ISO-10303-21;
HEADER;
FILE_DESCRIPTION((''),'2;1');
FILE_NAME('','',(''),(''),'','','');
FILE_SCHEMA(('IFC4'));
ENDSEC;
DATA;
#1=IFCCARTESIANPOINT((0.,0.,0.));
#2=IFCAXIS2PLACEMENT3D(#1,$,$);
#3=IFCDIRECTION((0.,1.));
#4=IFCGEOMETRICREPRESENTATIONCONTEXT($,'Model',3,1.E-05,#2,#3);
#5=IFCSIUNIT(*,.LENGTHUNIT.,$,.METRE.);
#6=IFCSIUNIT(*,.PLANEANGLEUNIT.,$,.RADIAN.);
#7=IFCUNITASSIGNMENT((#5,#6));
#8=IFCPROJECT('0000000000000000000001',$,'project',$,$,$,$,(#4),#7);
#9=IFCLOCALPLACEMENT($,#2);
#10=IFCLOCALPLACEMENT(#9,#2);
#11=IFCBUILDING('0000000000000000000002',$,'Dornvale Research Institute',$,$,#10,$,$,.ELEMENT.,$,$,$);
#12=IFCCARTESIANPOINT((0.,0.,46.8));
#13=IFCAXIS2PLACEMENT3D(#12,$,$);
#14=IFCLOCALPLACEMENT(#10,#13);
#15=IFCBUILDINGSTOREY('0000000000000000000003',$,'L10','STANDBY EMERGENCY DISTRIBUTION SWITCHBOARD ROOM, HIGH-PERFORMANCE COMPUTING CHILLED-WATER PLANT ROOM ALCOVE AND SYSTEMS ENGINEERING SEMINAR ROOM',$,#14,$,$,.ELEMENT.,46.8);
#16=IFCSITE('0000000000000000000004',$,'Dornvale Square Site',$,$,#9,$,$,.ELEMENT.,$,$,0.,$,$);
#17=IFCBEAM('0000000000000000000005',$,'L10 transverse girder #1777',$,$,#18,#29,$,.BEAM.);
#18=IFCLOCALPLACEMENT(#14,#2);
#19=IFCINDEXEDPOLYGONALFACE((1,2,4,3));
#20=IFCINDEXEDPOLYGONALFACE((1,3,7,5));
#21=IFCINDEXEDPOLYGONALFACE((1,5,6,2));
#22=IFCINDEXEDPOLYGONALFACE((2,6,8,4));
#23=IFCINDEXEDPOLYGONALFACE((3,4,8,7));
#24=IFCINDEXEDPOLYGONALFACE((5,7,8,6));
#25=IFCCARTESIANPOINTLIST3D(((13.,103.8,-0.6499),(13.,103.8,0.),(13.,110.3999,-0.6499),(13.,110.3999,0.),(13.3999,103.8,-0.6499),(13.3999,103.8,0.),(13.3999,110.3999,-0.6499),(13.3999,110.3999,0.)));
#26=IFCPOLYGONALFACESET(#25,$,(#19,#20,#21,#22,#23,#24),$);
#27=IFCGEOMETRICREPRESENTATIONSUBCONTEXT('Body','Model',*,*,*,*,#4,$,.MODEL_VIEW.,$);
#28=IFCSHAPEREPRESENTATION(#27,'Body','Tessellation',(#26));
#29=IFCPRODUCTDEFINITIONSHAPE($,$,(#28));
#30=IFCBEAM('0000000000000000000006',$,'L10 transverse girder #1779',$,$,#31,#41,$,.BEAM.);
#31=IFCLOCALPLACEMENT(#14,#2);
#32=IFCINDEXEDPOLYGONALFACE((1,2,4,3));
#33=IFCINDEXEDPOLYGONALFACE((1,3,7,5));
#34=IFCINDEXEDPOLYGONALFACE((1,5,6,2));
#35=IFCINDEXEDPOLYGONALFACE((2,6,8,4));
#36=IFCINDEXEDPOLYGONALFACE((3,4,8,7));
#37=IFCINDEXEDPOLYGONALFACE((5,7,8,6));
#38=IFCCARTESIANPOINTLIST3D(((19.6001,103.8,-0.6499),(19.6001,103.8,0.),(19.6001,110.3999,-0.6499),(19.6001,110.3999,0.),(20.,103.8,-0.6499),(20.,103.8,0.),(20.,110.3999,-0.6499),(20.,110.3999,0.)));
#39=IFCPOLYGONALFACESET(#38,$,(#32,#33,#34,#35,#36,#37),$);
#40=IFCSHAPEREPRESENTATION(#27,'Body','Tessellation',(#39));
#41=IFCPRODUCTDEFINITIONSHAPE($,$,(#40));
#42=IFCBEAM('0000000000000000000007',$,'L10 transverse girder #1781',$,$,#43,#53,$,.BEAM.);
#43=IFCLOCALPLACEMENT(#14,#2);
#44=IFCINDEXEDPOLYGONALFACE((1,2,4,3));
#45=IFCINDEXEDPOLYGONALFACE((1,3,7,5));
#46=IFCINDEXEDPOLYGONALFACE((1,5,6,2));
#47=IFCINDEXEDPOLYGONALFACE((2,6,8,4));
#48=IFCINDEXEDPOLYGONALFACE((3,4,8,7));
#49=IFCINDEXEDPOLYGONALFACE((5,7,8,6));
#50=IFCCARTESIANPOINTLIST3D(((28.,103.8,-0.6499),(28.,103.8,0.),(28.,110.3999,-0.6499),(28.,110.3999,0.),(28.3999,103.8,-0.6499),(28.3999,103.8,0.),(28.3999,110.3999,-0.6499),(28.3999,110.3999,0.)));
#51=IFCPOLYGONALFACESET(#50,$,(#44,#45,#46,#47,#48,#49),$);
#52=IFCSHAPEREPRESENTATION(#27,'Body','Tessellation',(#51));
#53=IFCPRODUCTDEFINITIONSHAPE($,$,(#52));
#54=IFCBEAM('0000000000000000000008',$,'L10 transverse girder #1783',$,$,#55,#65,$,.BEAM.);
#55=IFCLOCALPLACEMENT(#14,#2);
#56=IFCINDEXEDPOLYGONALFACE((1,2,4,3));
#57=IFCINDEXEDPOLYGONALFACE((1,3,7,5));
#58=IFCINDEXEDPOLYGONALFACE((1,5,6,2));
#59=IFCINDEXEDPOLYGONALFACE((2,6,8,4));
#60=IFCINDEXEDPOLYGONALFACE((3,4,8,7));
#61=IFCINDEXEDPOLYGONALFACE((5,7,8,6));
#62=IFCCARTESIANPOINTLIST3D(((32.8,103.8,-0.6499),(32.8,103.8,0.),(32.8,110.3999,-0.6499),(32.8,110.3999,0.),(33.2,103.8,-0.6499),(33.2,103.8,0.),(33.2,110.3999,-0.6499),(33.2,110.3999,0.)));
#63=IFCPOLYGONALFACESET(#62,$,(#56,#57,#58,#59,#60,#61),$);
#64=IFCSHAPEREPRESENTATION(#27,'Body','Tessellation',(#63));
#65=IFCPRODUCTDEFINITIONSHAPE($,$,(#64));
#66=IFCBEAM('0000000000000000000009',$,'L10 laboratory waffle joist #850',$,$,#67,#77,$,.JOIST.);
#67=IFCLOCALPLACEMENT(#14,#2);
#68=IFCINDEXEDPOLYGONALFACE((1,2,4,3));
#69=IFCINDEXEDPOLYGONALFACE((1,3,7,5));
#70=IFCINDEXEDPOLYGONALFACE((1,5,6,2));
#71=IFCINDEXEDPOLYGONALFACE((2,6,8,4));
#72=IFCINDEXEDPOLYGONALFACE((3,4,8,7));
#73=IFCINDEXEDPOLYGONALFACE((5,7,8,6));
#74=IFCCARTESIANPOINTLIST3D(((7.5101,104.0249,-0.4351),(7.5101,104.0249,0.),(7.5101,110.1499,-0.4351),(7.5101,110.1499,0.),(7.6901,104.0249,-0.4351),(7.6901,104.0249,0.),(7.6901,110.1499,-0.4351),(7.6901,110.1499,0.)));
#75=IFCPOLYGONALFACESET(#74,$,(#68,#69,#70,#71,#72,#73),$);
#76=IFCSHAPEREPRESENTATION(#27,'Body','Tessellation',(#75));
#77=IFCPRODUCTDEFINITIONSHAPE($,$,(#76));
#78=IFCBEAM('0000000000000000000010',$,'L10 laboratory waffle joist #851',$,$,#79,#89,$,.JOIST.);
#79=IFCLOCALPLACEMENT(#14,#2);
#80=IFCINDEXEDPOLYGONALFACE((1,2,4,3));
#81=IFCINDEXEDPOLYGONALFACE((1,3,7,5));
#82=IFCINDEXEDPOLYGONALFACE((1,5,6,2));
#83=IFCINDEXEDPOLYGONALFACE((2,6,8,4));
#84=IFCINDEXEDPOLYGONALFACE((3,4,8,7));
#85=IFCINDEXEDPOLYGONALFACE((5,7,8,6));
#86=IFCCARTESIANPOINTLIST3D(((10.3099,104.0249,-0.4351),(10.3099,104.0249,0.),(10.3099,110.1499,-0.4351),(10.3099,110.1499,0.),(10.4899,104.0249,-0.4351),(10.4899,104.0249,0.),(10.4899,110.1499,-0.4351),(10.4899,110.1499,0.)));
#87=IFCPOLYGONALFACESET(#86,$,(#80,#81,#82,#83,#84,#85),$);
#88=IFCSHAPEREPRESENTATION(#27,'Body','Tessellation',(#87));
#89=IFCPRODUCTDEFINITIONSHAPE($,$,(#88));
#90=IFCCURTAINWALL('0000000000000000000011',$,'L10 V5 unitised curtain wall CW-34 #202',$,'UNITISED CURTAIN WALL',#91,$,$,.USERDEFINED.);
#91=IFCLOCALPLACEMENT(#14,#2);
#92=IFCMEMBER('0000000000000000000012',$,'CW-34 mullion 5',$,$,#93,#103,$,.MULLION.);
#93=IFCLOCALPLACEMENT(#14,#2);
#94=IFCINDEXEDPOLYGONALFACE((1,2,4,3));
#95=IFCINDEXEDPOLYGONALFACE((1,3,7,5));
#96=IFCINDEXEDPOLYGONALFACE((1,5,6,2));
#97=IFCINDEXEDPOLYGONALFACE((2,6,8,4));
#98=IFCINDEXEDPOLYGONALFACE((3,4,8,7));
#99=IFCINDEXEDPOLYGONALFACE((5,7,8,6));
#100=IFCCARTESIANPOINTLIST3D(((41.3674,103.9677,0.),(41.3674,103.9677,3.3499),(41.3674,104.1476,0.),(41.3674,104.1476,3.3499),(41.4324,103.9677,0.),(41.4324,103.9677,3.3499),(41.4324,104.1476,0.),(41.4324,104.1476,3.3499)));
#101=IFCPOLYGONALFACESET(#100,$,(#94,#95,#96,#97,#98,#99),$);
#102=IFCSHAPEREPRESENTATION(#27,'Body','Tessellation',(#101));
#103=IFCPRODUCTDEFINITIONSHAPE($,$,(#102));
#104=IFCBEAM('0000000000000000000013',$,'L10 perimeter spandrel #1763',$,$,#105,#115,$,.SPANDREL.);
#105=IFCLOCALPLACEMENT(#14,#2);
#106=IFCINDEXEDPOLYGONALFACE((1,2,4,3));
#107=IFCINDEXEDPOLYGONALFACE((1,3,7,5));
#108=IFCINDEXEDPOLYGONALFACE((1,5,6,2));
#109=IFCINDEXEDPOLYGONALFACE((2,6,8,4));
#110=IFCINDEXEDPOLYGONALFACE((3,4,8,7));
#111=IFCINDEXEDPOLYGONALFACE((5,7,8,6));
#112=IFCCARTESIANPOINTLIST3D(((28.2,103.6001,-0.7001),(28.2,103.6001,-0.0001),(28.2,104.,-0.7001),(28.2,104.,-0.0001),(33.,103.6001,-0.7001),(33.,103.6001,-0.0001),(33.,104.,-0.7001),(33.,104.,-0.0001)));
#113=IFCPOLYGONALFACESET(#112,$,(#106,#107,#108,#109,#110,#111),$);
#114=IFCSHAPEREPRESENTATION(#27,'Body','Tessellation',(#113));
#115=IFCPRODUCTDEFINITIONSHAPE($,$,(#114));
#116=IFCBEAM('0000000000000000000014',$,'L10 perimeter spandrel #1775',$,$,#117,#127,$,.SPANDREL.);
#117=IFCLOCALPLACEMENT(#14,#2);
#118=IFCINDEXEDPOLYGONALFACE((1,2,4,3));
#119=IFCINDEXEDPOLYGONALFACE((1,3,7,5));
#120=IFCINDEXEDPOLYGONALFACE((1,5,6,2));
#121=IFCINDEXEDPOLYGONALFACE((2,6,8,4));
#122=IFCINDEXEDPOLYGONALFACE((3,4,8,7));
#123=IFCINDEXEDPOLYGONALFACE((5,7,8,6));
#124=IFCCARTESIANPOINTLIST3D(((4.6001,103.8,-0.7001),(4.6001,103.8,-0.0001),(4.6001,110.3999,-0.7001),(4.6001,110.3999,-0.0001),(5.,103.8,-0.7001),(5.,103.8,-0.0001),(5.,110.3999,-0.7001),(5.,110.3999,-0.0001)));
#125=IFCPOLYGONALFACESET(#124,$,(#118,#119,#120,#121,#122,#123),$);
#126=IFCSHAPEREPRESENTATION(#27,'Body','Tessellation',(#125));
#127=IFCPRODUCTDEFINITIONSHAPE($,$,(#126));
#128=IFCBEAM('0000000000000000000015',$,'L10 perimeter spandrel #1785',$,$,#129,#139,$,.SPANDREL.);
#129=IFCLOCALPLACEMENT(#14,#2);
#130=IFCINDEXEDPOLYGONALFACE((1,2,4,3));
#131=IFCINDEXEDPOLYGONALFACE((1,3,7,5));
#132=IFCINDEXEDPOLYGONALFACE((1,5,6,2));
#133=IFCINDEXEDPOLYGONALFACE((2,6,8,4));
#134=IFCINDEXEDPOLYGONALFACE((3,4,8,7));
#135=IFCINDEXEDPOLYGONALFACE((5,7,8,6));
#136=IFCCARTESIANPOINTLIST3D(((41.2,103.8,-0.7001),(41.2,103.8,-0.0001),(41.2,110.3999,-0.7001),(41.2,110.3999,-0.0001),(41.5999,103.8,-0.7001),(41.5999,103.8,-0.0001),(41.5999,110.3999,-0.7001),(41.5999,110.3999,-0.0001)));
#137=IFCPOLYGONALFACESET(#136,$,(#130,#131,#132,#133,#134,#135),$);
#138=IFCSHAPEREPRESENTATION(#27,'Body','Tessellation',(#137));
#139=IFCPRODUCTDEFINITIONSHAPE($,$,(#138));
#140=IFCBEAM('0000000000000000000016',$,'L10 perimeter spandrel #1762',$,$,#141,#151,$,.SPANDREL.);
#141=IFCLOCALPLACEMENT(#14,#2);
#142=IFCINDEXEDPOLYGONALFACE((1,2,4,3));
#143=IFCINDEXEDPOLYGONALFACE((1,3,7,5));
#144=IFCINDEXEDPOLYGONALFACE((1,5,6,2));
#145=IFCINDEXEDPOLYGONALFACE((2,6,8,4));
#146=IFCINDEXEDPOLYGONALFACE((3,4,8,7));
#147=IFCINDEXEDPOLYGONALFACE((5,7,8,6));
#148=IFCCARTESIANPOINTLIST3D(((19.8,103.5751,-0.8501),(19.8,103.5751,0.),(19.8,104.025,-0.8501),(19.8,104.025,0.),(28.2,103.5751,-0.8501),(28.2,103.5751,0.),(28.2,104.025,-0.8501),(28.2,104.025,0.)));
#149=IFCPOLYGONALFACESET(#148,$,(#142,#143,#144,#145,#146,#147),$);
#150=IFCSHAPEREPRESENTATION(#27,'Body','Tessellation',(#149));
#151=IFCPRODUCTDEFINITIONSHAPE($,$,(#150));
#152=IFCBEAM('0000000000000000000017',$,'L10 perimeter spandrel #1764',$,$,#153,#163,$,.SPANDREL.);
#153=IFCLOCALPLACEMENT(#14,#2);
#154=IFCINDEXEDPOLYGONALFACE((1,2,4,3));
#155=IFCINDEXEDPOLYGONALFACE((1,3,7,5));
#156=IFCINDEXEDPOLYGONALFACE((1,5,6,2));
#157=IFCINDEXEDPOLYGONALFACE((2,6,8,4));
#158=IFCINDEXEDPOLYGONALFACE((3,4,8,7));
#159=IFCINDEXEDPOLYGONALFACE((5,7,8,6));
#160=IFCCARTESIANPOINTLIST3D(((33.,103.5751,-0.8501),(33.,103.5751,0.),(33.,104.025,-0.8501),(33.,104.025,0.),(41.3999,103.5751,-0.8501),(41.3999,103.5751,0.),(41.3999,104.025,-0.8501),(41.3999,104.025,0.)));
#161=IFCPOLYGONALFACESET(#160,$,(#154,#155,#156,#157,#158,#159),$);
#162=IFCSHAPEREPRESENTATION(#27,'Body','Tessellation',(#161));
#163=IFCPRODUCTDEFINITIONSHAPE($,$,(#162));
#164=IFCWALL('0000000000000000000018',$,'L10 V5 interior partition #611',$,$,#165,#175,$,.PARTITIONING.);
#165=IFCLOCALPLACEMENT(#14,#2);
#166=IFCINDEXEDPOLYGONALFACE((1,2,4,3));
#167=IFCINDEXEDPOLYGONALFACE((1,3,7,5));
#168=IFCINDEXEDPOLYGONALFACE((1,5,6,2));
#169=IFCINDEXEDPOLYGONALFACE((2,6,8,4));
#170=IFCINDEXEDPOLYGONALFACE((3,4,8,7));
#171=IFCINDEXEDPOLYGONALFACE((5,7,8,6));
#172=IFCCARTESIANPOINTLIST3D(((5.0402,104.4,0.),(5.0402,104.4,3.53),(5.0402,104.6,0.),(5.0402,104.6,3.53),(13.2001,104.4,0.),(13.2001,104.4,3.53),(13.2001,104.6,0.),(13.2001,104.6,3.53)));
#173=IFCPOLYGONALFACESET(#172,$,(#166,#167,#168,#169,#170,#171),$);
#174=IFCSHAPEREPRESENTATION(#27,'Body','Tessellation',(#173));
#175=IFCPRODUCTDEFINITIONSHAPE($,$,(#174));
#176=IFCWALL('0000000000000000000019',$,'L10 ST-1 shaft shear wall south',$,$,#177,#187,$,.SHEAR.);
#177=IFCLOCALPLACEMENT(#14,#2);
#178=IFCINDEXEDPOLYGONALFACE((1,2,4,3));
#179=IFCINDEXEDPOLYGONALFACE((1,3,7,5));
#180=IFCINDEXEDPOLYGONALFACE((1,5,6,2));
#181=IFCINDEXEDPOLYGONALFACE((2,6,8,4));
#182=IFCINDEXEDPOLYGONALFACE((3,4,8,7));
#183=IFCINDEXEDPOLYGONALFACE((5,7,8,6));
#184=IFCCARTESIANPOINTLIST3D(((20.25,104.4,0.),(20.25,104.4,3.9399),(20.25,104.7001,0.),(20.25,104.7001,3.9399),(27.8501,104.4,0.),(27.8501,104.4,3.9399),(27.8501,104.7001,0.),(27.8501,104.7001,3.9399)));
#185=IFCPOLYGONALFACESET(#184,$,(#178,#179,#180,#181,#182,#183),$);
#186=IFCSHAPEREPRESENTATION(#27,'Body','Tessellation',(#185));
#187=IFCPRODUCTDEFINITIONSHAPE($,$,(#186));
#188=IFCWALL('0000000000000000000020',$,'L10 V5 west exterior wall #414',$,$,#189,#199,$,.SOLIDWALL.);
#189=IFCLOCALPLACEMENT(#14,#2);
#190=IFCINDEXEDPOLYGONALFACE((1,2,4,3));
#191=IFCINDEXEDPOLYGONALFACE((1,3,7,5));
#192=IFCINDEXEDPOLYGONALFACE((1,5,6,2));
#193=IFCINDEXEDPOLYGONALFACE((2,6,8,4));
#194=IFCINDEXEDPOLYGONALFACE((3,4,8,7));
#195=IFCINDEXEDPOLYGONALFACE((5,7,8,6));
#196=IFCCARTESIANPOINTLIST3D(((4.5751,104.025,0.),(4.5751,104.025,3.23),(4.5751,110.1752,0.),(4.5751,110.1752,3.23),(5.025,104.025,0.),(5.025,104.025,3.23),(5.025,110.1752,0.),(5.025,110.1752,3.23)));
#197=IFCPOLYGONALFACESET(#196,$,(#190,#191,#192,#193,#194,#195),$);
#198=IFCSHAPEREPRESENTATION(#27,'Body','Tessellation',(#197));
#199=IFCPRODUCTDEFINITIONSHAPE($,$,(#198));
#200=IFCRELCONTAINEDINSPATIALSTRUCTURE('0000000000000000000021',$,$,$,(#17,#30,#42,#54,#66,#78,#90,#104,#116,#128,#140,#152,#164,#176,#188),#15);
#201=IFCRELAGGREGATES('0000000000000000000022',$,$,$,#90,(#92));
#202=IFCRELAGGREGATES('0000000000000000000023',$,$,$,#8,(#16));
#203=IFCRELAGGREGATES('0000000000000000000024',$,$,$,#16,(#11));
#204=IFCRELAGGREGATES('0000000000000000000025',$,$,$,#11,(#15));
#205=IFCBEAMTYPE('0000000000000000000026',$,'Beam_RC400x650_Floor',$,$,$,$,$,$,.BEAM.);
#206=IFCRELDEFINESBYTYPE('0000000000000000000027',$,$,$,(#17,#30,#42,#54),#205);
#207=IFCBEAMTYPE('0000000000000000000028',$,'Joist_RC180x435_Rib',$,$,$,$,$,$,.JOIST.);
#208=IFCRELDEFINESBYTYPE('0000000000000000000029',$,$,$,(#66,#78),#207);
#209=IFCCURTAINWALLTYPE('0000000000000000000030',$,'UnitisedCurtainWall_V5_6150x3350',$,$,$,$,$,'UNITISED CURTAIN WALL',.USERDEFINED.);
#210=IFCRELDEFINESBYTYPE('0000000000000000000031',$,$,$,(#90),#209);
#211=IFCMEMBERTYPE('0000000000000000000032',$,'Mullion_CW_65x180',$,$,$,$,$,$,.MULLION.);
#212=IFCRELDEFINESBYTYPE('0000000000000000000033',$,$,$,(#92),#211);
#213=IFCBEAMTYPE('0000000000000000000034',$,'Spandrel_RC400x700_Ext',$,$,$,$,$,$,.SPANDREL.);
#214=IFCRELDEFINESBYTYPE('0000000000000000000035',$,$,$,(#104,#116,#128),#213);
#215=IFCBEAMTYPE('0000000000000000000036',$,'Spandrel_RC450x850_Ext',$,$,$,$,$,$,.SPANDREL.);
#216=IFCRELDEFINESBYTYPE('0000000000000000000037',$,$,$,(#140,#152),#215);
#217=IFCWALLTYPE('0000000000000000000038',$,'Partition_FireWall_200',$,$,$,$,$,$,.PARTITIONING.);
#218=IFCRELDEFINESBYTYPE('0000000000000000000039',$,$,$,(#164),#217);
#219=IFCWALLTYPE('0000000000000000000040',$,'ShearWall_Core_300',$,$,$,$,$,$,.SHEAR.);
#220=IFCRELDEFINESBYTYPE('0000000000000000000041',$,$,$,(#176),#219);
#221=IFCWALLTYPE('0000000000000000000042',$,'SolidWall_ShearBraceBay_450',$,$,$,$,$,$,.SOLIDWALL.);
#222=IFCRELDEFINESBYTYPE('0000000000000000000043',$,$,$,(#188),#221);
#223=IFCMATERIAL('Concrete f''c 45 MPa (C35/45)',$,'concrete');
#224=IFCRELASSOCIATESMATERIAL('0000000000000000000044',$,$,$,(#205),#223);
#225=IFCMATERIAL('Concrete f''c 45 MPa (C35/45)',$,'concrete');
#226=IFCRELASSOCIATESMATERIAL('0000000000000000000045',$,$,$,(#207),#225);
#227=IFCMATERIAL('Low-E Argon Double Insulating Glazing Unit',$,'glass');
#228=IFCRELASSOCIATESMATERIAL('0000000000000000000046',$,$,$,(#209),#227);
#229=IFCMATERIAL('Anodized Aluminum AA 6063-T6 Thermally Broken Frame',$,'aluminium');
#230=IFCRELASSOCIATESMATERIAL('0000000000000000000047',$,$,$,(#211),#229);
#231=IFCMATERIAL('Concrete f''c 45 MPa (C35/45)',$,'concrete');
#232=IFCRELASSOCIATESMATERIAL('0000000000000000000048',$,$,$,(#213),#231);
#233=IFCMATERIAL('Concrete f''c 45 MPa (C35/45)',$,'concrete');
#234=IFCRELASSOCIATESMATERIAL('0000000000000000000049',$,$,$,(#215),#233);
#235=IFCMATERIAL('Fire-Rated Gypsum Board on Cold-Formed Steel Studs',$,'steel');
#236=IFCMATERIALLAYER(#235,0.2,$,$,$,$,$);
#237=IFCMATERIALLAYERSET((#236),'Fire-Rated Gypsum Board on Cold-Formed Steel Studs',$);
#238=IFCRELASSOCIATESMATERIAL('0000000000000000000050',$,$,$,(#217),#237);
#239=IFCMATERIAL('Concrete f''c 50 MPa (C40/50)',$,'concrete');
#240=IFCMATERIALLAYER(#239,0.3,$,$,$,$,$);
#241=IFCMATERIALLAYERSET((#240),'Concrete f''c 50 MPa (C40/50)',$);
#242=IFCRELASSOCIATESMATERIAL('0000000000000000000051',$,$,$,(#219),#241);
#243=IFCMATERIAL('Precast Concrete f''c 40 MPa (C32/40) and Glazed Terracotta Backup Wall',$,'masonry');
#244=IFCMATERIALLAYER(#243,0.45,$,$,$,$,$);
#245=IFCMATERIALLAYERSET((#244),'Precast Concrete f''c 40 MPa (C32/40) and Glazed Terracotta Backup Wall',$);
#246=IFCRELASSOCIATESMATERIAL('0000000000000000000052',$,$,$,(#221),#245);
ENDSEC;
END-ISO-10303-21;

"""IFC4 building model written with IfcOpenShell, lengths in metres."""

from ifc_helpers import new_model, si_unit, direction, frame, frame_2d, origin, origin_2d, place, context, subcontext, project, spatial, rectangle, extrude, material, layer, layer_set, material_profile, profile_set, type_object, element, aggregate, save


model = new_model("IFC4")

# Units and contexts
model_context = context("Model", 3, precision=1e-05, world=origin(), true_north=direction((0.0, 1.0)))
body_context = subcontext(model_context, "Body", "Model", "MODEL_VIEW")
ifc_project = project(units=[si_unit("LENGTHUNIT", "METRE"), si_unit("PLANEANGLEUNIT", "RADIAN")], contexts=[model_context])

# Site, building, storey
site_placement = place(None, origin())
site = spatial("IfcSite", under=ifc_project, at=site_placement, Name="Dornvale Square Site", CompositionType="ELEMENT", RefElevation=0.0)
building_placement = place(site_placement, origin())
building = spatial("IfcBuilding", under=site, at=building_placement, Name="Dornvale Research Institute", CompositionType="ELEMENT")
storey_placement = place(building_placement, frame((0.0, 0.0, 46.8)))
storey = spatial("IfcBuildingStorey", under=building, at=storey_placement, Name="L10", Description="STANDBY EMERGENCY DISTRIBUTION SWITCHBOARD ROOM, HIGH-PERFORMANCE COMPUTING CHILLED-WATER PLANT ROOM ALCOVE AND SYSTEMS ENGINEERING SEMINAR ROOM", CompositionType="ELEMENT", Elevation=46.8)

# Beams
ifc_material_1 = material(Name="Concrete f'c 45 MPa (C35/45)", Category="concrete")
ifc_material_profile_1 = material_profile(ifc_material_1, rectangle(XDim=0.3999, YDim=0.6499, at=origin_2d()), Name="RC 400x650")
ifc_profile_set_1 = profile_set([ifc_material_profile_1], Name="Concrete f'c 45 MPa (C35/45)")
beam_type_1 = type_object("IfcBeamType", Name="Beam_RC400x650_Floor", PredefinedType="BEAM", material=ifc_profile_set_1)
for number, where, z_axis, x_axis, name in (
    (1, (13.2, 103.8, -0.325), (0.0, 1.0, 0.0), (-1.0, 0.0, 0.0), "L10 transverse girder #1777"),
    (2, (19.8, 103.8, -0.325), (0.0, 1.0, 0.0), (-1.0, 0.0, 0.0), "L10 transverse girder #1779"),
    (3, (28.2, 103.8, -0.325), (0.0, 1.0, 0.0), (-1.0, 0.0, 0.0), "L10 transverse girder #1781"),
    (4, (33.0, 103.8, -0.325), (0.0, 1.0, 0.0), (-1.0, 0.0, 0.0), "L10 transverse girder #1783"),
):
    element("IfcBeam", number, at=place(storey_placement, frame(where, z_axis=z_axis, x_axis=x_axis)), inside=storey, type_object=beam_type_1, Name=name, PredefinedType="BEAM", context=body_context, shape_type="SweptSolid", body=[
        extrude(rectangle(XDim=0.3999, YDim=0.6499, at=origin_2d()), origin(), (0.0, 0.0, 1.0), 6.5999),
    ])
ifc_material_2 = material(Name="Concrete f'c 45 MPa (C35/45)", Category="concrete")
ifc_material_profile_2 = material_profile(ifc_material_2, rectangle(XDim=0.1799, YDim=0.4351, at=origin_2d()), Name="RC 180x435")
ifc_profile_set_2 = profile_set([ifc_material_profile_2], Name="Concrete f'c 45 MPa (C35/45)")
beam_type_2 = type_object("IfcBeamType", Name="Joist_RC180x435_Rib", PredefinedType="JOIST", material=ifc_profile_set_2)
for number, where, z_axis, x_axis, name in (
    (5, (7.6001, 104.0249, -0.2175), (0.0, 1.0, 0.0), (-1.0, 0.0, 0.0), "L10 laboratory waffle joist #850"),
    (6, (10.3999, 104.0249, -0.2175), (0.0, 1.0, 0.0), (-1.0, 0.0, 0.0), "L10 laboratory waffle joist #851"),
):
    element("IfcBeam", number, at=place(storey_placement, frame(where, z_axis=z_axis, x_axis=x_axis)), inside=storey, type_object=beam_type_2, Name=name, PredefinedType="JOIST", context=body_context, shape_type="SweptSolid", body=[
        extrude(rectangle(XDim=0.1799, YDim=0.4351, at=origin_2d()), origin(), (0.0, 0.0, 1.0), 6.125),
    ])

# Curtain wall, member
ifc_material_3 = material(Name="Low-E Argon Double Insulating Glazing Unit", Category="glass")
curtain_wall_type = type_object("IfcCurtainWallType", Name="UnitisedCurtainWall_V5_6150x3350", ElementType="UNITISED CURTAIN WALL", PredefinedType="USERDEFINED", material=ifc_material_3)
curtain_wall_placement = place(storey_placement, origin())
curtain_wall = element("IfcCurtainWall", 7, at=curtain_wall_placement, inside=storey, type_object=curtain_wall_type, Name="L10 V5 unitised curtain wall CW-34 #202", ObjectType="UNITISED CURTAIN WALL", PredefinedType="USERDEFINED")
ifc_material_4 = material(Name="Anodized Aluminum AA 6063-T6 Thermally Broken Frame", Category="aluminium")
ifc_material_profile_3 = material_profile(ifc_material_4, rectangle(XDim=0.0649, YDim=0.1799, at=origin_2d()), Name="ALU MULLION 65x180")
ifc_profile_set_3 = profile_set([ifc_material_profile_3], Name="Anodized Aluminum AA 6063-T6 Thermally Broken Frame")
member_type = type_object("IfcMemberType", Name="Mullion_CW_65x180", PredefinedType="MULLION", material=ifc_profile_set_3)
member_placement = place(storey_placement, frame((41.3999, 104.0576, 0.0), z_axis=(0.0, 0.0, 1.0), x_axis=(1.0, 0.0, 0.0)))
member = element("IfcMember", 8, at=member_placement, type_object=member_type, Name="CW-34 mullion 5", PredefinedType="MULLION", context=body_context, shape_type="SweptSolid", body=[
    extrude(rectangle(XDim=0.0649, YDim=0.1799, at=origin_2d()), origin(), (0.0, 0.0, 1.0), 3.3499),
])
aggregate(curtain_wall, [member])

# Beams
ifc_material_5 = material(Name="Concrete f'c 45 MPa (C35/45)", Category="concrete")
ifc_material_profile_4 = material_profile(ifc_material_5, rectangle(XDim=0.3999, YDim=0.7, at=origin_2d()), Name="RC 400x700")
ifc_profile_set_4 = profile_set([ifc_material_profile_4], Name="Concrete f'c 45 MPa (C35/45)")
beam_type_3 = type_object("IfcBeamType", Name="Spandrel_RC400x700_Ext", PredefinedType="SPANDREL", material=ifc_profile_set_4)
beam_placement = place(storey_placement, frame((28.2, 103.8, -0.3501), z_axis=(1.0, 0.0, 0.0), x_axis=(0.0, 1.0, 0.0)))
element("IfcBeam", 9, at=beam_placement, inside=storey, type_object=beam_type_3, Name="L10 perimeter spandrel #1763", PredefinedType="SPANDREL", context=body_context, shape_type="SweptSolid", body=[
    extrude(rectangle(XDim=0.3999, YDim=0.7, at=origin_2d()), origin(), (0.0, 0.0, 1.0), 4.8),
])
for number, where, z_axis, x_axis, name in (
    (10, (4.8, 103.8, -0.3501), (0.0, 1.0, 0.0), (-1.0, 0.0, 0.0), "L10 perimeter spandrel #1775"),
    (11, (41.3999, 103.8, -0.3501), (0.0, 1.0, 0.0), (-1.0, 0.0, 0.0), "L10 perimeter spandrel #1785"),
):
    element("IfcBeam", number, at=place(storey_placement, frame(where, z_axis=z_axis, x_axis=x_axis)), inside=storey, type_object=beam_type_3, Name=name, PredefinedType="SPANDREL", context=body_context, shape_type="SweptSolid", body=[
        extrude(rectangle(XDim=0.3999, YDim=0.7, at=origin_2d()), origin(), (0.0, 0.0, 1.0), 6.5999),
    ])
ifc_material_6 = material(Name="Concrete f'c 45 MPa (C35/45)", Category="concrete")
ifc_material_profile_5 = material_profile(ifc_material_6, rectangle(XDim=0.45, YDim=0.8501, at=origin_2d()), Name="RC 450x850")
ifc_profile_set_5 = profile_set([ifc_material_profile_5], Name="Concrete f'c 45 MPa (C35/45)")
beam_type_4 = type_object("IfcBeamType", Name="Spandrel_RC450x850_Ext", PredefinedType="SPANDREL", material=ifc_profile_set_5)
for number, where, z_axis, x_axis, name in (
    (12, (19.8, 103.8, -0.425), (1.0, 0.0, 0.0), (0.0, 1.0, 0.0), "L10 perimeter spandrel #1762"),
    (13, (33.0, 103.8, -0.425), (1.0, 0.0, 0.0), (0.0, 1.0, 0.0), "L10 perimeter spandrel #1764"),
):
    element("IfcBeam", number, at=place(storey_placement, frame(where, z_axis=z_axis, x_axis=x_axis)), inside=storey, type_object=beam_type_4, Name=name, PredefinedType="SPANDREL", context=body_context, shape_type="SweptSolid", body=[
        extrude(rectangle(XDim=0.45, YDim=0.8501, at=origin_2d()), origin(), (0.0, 0.0, 1.0), 8.3999),
    ])

# Walls
ifc_material_7 = material(Name="Fire-Rated Gypsum Board on Cold-Formed Steel Studs", Category="steel")
ifc_layer_1 = layer(ifc_material_7, 0.2)
ifc_layer_set_1 = layer_set([ifc_layer_1], Name="Fire-Rated Gypsum Board on Cold-Formed Steel Studs")
wall_type_1 = type_object("IfcWallType", Name="Partition_FireWall_200", PredefinedType="PARTITIONING", material=ifc_layer_set_1)
wall_1_placement = place(storey_placement, frame((5.04, 104.5, 0.0), z_axis=(0.0, 0.0, 1.0), x_axis=(1.0, 0.0, 0.0)))
element("IfcWall", 14, at=wall_1_placement, inside=storey, type_object=wall_type_1, Name="L10 V5 interior partition #611", PredefinedType="PARTITIONING", context=body_context, shape_type="SweptSolid", body=[
    extrude(rectangle(XDim=8.1599, YDim=0.2, at=frame_2d((4.0801, 0.0))), origin(), (0.0, 0.0, 1.0), 3.53),
])
ifc_material_8 = material(Name="Concrete f'c 50 MPa (C40/50)", Category="concrete")
ifc_layer_2 = layer(ifc_material_8, 0.3)
ifc_layer_set_2 = layer_set([ifc_layer_2], Name="Concrete f'c 50 MPa (C40/50)")
wall_type_2 = type_object("IfcWallType", Name="ShearWall_Core_300", PredefinedType="SHEAR", material=ifc_layer_set_2)
wall_2_placement = place(storey_placement, frame((20.25, 104.55, 0.0), z_axis=(0.0, 0.0, 1.0), x_axis=(1.0, 0.0, 0.0)))
element("IfcWall", 15, at=wall_2_placement, inside=storey, type_object=wall_type_2, Name="L10 ST-1 shaft shear wall south", PredefinedType="SHEAR", context=body_context, shape_type="SweptSolid", body=[
    extrude(rectangle(XDim=7.6001, YDim=0.3, at=frame_2d((3.8, 0.0))), origin(), (0.0, 0.0, 1.0), 3.9399),
])
ifc_material_9 = material(Name="Precast Concrete f'c 40 MPa (C32/40) and Glazed Terracotta Backup Wall", Category="masonry")
ifc_layer_3 = layer(ifc_material_9, 0.45)
ifc_layer_set_3 = layer_set([ifc_layer_3], Name="Precast Concrete f'c 40 MPa (C32/40) and Glazed Terracotta Backup Wall")
wall_type_3 = type_object("IfcWallType", Name="SolidWall_ShearBraceBay_450", PredefinedType="SOLIDWALL", material=ifc_layer_set_3)
wall_3_placement = place(storey_placement, frame((4.8, 104.0249, 0.0), z_axis=(0.0, 0.0, 1.0), x_axis=(0.0, 1.0, 0.0)))
element("IfcWall", 16, at=wall_3_placement, inside=storey, type_object=wall_type_3, Name="L10 V5 west exterior wall #414", PredefinedType="SOLIDWALL", context=body_context, shape_type="SweptSolid", body=[
    extrude(rectangle(XDim=6.1501, YDim=0.45, at=frame_2d((3.0752, 0.0))), origin(), (0.0, 0.0, 1.0), 3.23),
])

save(model, "model.ifc")
